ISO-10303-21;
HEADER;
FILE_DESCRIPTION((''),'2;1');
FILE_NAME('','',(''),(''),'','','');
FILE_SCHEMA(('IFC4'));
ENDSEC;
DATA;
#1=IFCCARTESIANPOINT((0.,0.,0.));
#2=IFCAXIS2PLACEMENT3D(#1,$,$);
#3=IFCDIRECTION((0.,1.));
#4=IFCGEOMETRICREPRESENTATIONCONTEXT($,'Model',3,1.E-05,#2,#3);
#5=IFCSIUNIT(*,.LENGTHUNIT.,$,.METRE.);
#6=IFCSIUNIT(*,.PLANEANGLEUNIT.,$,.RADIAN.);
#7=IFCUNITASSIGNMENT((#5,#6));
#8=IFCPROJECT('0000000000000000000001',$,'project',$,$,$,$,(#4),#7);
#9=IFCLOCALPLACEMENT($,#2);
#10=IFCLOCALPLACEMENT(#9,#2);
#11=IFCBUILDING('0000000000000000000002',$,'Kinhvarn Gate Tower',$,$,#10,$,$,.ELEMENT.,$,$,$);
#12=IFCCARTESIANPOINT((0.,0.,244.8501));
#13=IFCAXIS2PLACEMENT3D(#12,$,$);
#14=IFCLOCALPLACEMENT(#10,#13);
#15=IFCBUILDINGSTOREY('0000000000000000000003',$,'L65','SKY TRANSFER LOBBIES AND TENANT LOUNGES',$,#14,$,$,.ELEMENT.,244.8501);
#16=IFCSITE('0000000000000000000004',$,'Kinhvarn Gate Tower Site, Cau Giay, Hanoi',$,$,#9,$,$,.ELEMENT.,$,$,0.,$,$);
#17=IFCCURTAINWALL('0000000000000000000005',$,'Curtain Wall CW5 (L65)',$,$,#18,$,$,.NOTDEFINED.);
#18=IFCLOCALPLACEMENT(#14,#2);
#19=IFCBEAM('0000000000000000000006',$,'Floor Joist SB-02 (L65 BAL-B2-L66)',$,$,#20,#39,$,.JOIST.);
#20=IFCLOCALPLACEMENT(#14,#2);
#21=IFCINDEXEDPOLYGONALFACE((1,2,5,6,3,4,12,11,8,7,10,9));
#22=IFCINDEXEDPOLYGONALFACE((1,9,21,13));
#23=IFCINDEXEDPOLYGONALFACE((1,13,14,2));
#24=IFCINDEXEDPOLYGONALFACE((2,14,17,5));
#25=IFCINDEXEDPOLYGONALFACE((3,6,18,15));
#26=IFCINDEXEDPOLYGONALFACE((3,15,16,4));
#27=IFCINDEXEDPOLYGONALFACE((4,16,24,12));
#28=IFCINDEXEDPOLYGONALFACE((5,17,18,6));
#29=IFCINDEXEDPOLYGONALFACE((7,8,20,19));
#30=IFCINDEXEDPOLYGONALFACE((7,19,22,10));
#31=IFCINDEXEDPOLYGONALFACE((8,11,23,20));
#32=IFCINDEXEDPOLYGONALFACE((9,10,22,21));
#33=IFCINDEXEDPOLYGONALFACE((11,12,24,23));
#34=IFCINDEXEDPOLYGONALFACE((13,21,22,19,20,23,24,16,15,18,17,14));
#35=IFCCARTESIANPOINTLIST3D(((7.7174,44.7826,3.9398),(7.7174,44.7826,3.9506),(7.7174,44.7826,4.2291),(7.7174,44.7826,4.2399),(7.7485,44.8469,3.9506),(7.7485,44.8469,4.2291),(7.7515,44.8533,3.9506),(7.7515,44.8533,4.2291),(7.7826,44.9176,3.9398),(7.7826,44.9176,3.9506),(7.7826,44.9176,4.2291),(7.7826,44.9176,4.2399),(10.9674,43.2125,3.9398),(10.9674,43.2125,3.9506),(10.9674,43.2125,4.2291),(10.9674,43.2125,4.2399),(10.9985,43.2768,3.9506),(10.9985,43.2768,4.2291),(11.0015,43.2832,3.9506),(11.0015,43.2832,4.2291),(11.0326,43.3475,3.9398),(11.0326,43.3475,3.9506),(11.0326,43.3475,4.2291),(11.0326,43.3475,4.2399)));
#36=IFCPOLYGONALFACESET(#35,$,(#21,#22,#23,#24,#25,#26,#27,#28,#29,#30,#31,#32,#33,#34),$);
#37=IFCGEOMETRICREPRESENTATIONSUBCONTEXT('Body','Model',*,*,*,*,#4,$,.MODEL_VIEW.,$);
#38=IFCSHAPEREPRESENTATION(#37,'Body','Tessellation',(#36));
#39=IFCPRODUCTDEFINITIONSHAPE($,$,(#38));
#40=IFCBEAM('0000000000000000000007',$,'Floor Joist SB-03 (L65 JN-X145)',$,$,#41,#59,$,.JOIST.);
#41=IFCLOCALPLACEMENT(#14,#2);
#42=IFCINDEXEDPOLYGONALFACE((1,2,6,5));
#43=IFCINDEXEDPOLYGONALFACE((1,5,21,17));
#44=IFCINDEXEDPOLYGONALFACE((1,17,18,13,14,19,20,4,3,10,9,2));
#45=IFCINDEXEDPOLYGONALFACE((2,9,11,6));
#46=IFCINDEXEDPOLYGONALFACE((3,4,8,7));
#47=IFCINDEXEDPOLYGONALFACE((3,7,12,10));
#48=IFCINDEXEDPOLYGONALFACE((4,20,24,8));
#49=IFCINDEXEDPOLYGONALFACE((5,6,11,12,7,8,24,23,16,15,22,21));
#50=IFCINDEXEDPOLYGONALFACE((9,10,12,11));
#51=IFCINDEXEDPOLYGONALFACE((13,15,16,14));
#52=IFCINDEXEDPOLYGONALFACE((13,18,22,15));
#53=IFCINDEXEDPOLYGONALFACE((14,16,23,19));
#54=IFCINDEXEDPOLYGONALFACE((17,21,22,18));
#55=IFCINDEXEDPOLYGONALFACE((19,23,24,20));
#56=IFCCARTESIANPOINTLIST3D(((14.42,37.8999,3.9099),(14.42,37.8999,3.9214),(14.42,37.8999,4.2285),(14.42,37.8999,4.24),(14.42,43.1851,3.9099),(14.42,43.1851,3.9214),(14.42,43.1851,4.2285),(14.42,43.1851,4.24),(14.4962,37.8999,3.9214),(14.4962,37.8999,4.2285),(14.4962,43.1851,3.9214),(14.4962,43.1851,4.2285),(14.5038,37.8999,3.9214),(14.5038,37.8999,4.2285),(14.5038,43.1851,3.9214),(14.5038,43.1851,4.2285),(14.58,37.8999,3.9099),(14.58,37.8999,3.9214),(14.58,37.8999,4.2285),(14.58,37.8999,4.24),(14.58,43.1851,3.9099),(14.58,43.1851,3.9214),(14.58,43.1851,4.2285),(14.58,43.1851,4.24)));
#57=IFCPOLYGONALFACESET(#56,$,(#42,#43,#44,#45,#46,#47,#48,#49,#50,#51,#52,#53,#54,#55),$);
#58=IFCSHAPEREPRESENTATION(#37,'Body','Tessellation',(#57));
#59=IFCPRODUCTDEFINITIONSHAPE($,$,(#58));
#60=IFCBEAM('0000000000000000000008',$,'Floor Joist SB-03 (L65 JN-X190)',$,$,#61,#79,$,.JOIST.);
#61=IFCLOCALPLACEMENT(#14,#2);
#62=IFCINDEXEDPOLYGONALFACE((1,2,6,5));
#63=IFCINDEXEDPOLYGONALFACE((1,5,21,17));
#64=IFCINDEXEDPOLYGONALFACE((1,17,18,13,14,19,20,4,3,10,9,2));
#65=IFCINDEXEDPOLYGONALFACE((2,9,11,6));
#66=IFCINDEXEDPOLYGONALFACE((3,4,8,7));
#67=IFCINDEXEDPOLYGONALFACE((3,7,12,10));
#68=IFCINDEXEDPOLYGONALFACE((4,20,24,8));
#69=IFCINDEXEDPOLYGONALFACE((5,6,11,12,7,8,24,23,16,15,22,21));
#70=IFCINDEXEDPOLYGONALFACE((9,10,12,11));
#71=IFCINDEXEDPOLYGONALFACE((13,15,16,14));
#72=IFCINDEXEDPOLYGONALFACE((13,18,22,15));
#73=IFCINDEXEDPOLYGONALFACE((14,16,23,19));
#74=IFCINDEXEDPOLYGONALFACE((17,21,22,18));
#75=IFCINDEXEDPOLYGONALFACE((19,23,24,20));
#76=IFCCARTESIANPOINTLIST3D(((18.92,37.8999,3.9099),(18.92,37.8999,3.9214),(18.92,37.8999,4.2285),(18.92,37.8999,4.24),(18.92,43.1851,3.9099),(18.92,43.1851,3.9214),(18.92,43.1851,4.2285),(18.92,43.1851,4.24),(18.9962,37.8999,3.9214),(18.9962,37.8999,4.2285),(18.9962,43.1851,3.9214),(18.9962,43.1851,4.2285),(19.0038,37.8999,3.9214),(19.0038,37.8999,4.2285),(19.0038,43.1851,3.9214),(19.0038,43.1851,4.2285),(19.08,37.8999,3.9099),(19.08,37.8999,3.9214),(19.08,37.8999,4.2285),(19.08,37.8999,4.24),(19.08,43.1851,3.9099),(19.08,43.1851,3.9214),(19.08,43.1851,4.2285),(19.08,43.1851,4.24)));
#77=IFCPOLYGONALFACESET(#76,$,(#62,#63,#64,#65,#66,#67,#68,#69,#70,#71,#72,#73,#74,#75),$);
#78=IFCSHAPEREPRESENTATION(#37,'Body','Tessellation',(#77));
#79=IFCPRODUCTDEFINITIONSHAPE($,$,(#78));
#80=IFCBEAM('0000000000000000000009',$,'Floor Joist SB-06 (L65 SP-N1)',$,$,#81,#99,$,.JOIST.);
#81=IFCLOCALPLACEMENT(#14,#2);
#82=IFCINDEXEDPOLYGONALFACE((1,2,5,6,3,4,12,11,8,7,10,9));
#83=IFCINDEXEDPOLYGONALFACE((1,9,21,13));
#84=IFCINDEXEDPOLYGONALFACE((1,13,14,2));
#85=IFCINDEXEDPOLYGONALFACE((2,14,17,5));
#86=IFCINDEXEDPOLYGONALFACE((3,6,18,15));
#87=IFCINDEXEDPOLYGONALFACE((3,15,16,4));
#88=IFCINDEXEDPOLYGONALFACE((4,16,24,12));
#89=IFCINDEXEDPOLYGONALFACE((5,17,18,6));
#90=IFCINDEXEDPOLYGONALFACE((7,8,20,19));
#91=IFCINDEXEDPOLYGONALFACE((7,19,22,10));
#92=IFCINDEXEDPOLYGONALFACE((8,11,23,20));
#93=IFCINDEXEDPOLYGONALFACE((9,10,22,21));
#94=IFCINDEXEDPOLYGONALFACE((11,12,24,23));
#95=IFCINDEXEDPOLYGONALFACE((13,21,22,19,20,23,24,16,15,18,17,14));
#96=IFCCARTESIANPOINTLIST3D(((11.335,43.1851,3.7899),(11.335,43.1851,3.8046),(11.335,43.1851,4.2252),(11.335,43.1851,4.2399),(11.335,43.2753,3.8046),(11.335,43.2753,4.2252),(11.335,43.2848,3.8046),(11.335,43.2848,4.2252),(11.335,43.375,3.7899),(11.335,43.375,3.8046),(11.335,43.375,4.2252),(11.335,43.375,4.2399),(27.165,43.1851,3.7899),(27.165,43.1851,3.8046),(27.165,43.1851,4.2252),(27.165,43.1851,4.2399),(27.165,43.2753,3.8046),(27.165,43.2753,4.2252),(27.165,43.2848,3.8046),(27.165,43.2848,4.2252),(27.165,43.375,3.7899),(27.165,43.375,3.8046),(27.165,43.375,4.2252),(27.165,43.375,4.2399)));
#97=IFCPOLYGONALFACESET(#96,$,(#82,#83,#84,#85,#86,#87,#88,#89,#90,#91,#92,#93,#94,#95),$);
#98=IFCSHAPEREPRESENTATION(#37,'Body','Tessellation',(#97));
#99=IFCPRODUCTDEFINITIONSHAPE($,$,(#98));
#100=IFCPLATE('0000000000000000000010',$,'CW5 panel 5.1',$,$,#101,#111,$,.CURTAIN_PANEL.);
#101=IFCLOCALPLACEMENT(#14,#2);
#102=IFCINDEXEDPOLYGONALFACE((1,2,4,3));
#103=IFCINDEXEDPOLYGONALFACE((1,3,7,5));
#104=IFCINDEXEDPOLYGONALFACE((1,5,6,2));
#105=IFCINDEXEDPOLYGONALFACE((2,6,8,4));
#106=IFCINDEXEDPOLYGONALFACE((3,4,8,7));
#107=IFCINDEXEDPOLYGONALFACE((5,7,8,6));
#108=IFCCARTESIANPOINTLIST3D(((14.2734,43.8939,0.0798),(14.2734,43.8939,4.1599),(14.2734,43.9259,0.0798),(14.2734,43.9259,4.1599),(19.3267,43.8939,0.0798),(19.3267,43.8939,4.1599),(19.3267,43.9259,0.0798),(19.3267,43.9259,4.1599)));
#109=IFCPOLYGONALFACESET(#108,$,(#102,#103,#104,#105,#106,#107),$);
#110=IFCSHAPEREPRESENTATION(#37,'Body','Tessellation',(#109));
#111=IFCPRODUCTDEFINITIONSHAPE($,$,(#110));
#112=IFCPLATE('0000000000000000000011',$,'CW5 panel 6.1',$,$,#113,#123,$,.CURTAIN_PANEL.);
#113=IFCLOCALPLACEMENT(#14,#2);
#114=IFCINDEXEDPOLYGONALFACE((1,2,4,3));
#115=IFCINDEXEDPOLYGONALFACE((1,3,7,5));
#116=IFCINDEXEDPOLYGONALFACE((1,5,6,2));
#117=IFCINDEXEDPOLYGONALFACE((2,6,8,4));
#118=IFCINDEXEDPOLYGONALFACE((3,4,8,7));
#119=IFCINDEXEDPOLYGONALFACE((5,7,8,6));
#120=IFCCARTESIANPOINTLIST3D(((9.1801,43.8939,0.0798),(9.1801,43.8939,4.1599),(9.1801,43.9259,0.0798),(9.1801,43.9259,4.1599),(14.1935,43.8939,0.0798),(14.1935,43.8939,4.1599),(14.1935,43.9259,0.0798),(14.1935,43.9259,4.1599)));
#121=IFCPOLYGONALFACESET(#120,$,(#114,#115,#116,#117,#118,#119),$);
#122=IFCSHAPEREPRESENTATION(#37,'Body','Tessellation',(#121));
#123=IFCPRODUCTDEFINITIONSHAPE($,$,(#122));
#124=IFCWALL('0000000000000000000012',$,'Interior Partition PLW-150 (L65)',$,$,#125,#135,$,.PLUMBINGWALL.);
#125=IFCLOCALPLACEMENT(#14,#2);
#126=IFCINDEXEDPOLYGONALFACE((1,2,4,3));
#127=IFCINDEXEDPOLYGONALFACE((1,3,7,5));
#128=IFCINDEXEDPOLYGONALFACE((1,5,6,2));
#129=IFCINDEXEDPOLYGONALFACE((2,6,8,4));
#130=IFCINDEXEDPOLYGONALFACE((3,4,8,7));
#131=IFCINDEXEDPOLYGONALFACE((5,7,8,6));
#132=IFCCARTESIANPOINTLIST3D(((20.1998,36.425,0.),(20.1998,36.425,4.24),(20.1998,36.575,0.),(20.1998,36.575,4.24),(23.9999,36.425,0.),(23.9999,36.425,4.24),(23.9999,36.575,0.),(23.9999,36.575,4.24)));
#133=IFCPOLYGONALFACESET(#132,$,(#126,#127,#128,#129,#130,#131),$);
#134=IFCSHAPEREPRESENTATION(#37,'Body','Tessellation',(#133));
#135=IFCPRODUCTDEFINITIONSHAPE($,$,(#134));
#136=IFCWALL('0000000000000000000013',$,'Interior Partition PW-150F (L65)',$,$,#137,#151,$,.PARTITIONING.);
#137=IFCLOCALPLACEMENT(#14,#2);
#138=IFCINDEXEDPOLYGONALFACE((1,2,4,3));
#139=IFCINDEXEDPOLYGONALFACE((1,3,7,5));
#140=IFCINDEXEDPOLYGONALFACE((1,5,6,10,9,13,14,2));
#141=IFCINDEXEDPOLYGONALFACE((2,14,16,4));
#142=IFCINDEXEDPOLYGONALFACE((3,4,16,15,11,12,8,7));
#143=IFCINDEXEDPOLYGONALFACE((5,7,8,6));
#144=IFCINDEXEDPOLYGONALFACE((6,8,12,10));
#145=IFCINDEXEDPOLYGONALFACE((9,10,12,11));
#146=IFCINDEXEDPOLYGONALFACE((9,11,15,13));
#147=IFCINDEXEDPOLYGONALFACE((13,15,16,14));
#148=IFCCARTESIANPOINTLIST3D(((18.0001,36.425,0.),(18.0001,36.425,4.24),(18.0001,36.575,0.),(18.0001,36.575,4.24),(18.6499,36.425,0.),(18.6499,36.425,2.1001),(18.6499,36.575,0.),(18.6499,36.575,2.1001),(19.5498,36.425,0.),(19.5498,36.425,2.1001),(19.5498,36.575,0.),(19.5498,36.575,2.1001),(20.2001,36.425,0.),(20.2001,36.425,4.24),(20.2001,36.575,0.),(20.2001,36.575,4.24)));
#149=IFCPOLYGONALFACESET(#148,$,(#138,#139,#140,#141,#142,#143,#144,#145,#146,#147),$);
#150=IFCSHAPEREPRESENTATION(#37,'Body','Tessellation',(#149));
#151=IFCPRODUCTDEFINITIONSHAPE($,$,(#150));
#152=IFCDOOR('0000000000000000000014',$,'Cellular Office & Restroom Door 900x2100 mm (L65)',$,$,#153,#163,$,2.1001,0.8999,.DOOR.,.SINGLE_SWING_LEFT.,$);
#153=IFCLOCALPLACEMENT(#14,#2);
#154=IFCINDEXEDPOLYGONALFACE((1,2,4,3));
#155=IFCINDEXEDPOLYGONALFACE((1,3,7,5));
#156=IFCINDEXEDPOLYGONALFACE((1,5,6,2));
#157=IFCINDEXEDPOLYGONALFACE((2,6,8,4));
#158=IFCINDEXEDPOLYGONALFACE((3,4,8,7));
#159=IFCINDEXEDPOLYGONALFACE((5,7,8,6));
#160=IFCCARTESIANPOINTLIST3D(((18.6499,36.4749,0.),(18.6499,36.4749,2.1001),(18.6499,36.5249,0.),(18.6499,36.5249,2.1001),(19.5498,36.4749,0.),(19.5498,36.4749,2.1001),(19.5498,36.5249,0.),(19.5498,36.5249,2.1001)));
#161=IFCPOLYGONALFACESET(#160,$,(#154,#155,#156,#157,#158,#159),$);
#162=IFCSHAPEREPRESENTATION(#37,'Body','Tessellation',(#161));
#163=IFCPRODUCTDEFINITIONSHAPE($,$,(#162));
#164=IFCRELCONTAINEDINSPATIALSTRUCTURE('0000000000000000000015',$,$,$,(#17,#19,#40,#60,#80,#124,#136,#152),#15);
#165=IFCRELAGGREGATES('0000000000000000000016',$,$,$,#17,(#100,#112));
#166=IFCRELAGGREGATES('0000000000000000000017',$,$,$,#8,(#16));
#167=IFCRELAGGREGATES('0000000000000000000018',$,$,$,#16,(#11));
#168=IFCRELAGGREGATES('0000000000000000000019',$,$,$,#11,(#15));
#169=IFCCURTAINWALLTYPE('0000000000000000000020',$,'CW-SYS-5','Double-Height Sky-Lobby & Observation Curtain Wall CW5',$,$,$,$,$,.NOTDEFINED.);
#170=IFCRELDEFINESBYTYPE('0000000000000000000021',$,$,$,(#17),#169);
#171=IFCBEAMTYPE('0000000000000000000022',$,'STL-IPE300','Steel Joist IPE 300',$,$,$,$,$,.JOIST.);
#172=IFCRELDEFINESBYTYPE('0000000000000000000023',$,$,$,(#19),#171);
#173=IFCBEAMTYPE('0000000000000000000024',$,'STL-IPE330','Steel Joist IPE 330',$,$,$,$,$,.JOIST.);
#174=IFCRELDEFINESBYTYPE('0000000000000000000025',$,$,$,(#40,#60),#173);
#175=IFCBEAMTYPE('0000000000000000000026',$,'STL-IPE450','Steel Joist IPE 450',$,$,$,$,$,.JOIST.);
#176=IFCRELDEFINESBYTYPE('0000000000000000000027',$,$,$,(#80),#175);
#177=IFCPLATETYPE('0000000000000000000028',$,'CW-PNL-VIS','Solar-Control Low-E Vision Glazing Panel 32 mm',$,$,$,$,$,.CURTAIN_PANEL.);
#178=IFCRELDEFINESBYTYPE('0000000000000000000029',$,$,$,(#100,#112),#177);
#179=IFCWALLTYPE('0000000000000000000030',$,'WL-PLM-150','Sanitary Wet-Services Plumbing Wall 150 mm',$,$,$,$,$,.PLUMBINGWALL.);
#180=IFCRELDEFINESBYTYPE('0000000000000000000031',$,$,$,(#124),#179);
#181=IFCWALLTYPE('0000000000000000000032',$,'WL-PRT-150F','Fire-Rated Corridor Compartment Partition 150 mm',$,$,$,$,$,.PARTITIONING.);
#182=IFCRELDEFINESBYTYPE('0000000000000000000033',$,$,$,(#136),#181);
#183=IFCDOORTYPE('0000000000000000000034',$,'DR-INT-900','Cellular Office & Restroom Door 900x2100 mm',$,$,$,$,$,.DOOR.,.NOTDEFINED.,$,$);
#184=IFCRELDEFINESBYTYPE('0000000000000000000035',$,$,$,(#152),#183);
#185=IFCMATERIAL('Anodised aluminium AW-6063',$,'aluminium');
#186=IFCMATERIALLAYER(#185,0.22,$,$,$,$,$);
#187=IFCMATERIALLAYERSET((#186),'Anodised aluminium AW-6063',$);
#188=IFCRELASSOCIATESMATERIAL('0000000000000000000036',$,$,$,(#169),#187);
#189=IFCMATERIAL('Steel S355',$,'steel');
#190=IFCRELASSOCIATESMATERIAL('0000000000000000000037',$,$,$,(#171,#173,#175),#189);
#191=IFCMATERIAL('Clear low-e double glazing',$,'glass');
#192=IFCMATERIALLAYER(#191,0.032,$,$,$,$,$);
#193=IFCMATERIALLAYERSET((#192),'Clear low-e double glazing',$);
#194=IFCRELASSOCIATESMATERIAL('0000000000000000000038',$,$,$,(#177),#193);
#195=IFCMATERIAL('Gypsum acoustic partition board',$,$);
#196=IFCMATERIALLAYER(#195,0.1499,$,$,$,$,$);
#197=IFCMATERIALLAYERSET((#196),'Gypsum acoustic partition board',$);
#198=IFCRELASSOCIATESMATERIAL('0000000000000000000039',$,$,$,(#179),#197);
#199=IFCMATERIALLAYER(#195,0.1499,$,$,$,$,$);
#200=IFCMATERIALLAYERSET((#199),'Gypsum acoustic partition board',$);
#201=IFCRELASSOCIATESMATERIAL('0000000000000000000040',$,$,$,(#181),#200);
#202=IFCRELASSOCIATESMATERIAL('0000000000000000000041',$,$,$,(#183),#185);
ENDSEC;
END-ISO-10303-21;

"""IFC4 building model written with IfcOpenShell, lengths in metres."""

from ifc_helpers import new_model, si_unit, direction, frame, frame_2d, origin, origin_2d, place, context, subcontext, project, spatial, rectangle, i_section, extrude, material, layer, layer_set, material_profile, profile_set, type_object, element, fill, aggregate, save


model = new_model("IFC4")

# Units and contexts
model_context = context("Model", 3, precision=1e-05, world=origin(), true_north=direction((0.0, 1.0)))
body_context = subcontext(model_context, "Body", "Model", "MODEL_VIEW")
ifc_project = project(units=[si_unit("LENGTHUNIT", "METRE"), si_unit("PLANEANGLEUNIT", "RADIAN")], contexts=[model_context])

# Site, building, storey
site_placement = place(None, origin())
site = spatial("IfcSite", under=ifc_project, at=site_placement, Name="Kinhvarn Gate Tower Site, Cau Giay, Hanoi", CompositionType="ELEMENT", RefElevation=0.0)
building_placement = place(site_placement, origin())
building = spatial("IfcBuilding", under=site, at=building_placement, Name="Kinhvarn Gate Tower", CompositionType="ELEMENT")
storey_placement = place(building_placement, frame((0.0, 0.0, 244.8501)))
storey = spatial("IfcBuildingStorey", under=building, at=storey_placement, Name="L65", Description="SKY TRANSFER LOBBIES AND TENANT LOUNGES", CompositionType="ELEMENT", Elevation=244.8501)

# Curtain wall
ifc_material_1 = material(Name="Anodised aluminium AW-6063", Category="aluminium")
ifc_layer_1 = layer(ifc_material_1, 0.22)
ifc_layer_set_1 = layer_set([ifc_layer_1], Name="Anodised aluminium AW-6063")
curtain_wall_type = type_object("IfcCurtainWallType", Name="CW-SYS-5", Description="Double-Height Sky-Lobby & Observation Curtain Wall CW5", PredefinedType="NOTDEFINED", material=ifc_layer_set_1)
curtain_wall_placement = place(storey_placement, origin())
curtain_wall = element("IfcCurtainWall", 1, at=curtain_wall_placement, inside=storey, type_object=curtain_wall_type, Name="Curtain Wall CW5 (L65)", PredefinedType="NOTDEFINED")

# Beams
ifc_material_2 = material(Name="Steel S355", Category="steel")
ifc_material_profile_1 = material_profile(ifc_material_2, i_section(OverallWidth=0.1499, OverallDepth=0.3, WebThickness=0.0071, FlangeThickness=0.0107, at=origin_2d()), Name="IPE 300")
ifc_profile_set_1 = profile_set([ifc_material_profile_1], Name="Steel S355")
beam_type_1 = type_object("IfcBeamType", Name="STL-IPE300", Description="Steel Joist IPE 300", PredefinedType="JOIST", material=ifc_profile_set_1)
beam_1_placement = place(storey_placement, frame((11.0, 43.28, 4.0898), z_axis=(-0.900432, 0.434997, 0.0), x_axis=(-0.434997, -0.900432, 0.0)))
element("IfcBeam", 2, at=beam_1_placement, inside=storey, type_object=beam_type_1, Name="Floor Joist SB-02 (L65 BAL-B2-L66)", PredefinedType="JOIST", context=body_context, shape_type="SweptSolid", body=[
    extrude(i_section(OverallWidth=0.1499, OverallDepth=0.3, WebThickness=0.0071, FlangeThickness=0.0107, at=origin_2d()), origin(), (0.0, 0.0, 1.0), 3.6094),
])
ifc_material_profile_2 = material_profile(ifc_material_2, i_section(OverallWidth=0.1599, OverallDepth=0.3301, WebThickness=0.0076, FlangeThickness=0.0115, at=origin_2d()), Name="IPE 330")
ifc_profile_set_2 = profile_set([ifc_material_profile_2], Name="Steel S355")
beam_type_2 = type_object("IfcBeamType", Name="STL-IPE330", Description="Steel Joist IPE 330", PredefinedType="JOIST", material=ifc_profile_set_2)
for number, where, z_axis, x_axis, name in (
    (3, (14.5, 37.8999, 4.075), (0.0, 1.0, 0.0), (-1.0, 0.0, 0.0), "Floor Joist SB-03 (L65 JN-X145)"),
    (4, (19.0, 37.8999, 4.075), (0.0, 1.0, 0.0), (-1.0, 0.0, 0.0), "Floor Joist SB-03 (L65 JN-X190)"),
):
    element("IfcBeam", number, at=place(storey_placement, frame(where, z_axis=z_axis, x_axis=x_axis)), inside=storey, type_object=beam_type_2, Name=name, PredefinedType="JOIST", context=body_context, shape_type="SweptSolid", body=[
        extrude(i_section(OverallWidth=0.1599, OverallDepth=0.3301, WebThickness=0.0076, FlangeThickness=0.0115, at=origin_2d()), origin(), (0.0, 0.0, 1.0), 5.2852),
    ])
ifc_material_profile_3 = material_profile(ifc_material_2, i_section(OverallWidth=0.1899, OverallDepth=0.45, WebThickness=0.0095, FlangeThickness=0.0146, at=origin_2d()), Name="IPE 450")
ifc_profile_set_3 = profile_set([ifc_material_profile_3], Name="Steel S355")
beam_type_3 = type_object("IfcBeamType", Name="STL-IPE450", Description="Steel Joist IPE 450", PredefinedType="JOIST", material=ifc_profile_set_3)
beam_2_placement = place(storey_placement, frame((11.335, 43.28, 4.0149), z_axis=(1.0, 0.0, 0.0), x_axis=(0.0, 1.0, 0.0)))
element("IfcBeam", 5, at=beam_2_placement, inside=storey, type_object=beam_type_3, Name="Floor Joist SB-06 (L65 SP-N1)", PredefinedType="JOIST", context=body_context, shape_type="SweptSolid", body=[
    extrude(i_section(OverallWidth=0.1899, OverallDepth=0.45, WebThickness=0.0095, FlangeThickness=0.0146, at=origin_2d()), origin(), (0.0, 0.0, 1.0), 15.8301),
])

# Plates
ifc_material_3 = material(Name="Clear low-e double glazing", Category="glass")
ifc_layer_2 = layer(ifc_material_3, 0.032)
ifc_layer_set_2 = layer_set([ifc_layer_2], Name="Clear low-e double glazing")
plate_type = type_object("IfcPlateType", Name="CW-PNL-VIS", Description="Solar-Control Low-E Vision Glazing Panel 32 mm", PredefinedType="CURTAIN_PANEL", material=ifc_layer_set_2)
plate_1_placement = place(storey_placement, frame((16.8, 43.9099, 0.0798), z_axis=(0.0, 0.0, 1.0), x_axis=(-1.0, 0.0, 0.0)))
plate_1 = element("IfcPlate", 6, at=plate_1_placement, type_object=plate_type, Name="CW5 panel 5.1", PredefinedType="CURTAIN_PANEL", context=body_context, shape_type="SweptSolid", body=[
    extrude(rectangle(XDim=5.0532, YDim=0.032, at=origin_2d()), origin(), (0.0, 0.0, 1.0), 4.0801),
])
plate_2_placement = place(storey_placement, frame((11.6868, 43.9099, 0.0798), z_axis=(0.0, 0.0, 1.0), x_axis=(-1.0, 0.0, 0.0)))
plate_2 = element("IfcPlate", 7, at=plate_2_placement, type_object=plate_type, Name="CW5 panel 6.1", PredefinedType="CURTAIN_PANEL", context=body_context, shape_type="SweptSolid", body=[
    extrude(rectangle(XDim=5.0134, YDim=0.032, at=origin_2d()), origin(), (0.0, 0.0, 1.0), 4.0801),
])
aggregate(curtain_wall, [plate_1, plate_2])

# Wall
ifc_material_4 = material(Name="Gypsum acoustic partition board")
ifc_layer_3 = layer(ifc_material_4, 0.1499)
ifc_layer_set_3 = layer_set([ifc_layer_3], Name="Gypsum acoustic partition board")
wall_type_1 = type_object("IfcWallType", Name="WL-PLM-150", Description="Sanitary Wet-Services Plumbing Wall 150 mm", PredefinedType="PLUMBINGWALL", material=ifc_layer_set_3)
wall_1_placement = place(storey_placement, frame((20.2, 36.5, 0.0), z_axis=(0.0, 0.0, 1.0), x_axis=(1.0, 0.0, 0.0)))
element("IfcWall", 8, at=wall_1_placement, inside=storey, type_object=wall_type_1, Name="Interior Partition PLW-150 (L65)", PredefinedType="PLUMBINGWALL", context=body_context, shape_type="SweptSolid", body=[
    extrude(rectangle(XDim=3.8, YDim=0.1499, at=frame_2d((1.8999, 0.0))), origin(), (0.0, 0.0, 1.0), 4.24),
])

# Wall, opening, door
ifc_layer_4 = layer(ifc_material_4, 0.1499)
ifc_layer_set_4 = layer_set([ifc_layer_4], Name="Gypsum acoustic partition board")
wall_type_2 = type_object("IfcWallType", Name="WL-PRT-150F", Description="Fire-Rated Corridor Compartment Partition 150 mm", PredefinedType="PARTITIONING", material=ifc_layer_set_4)
wall_2_placement = place(storey_placement, frame((18.0, 36.5, 0.0), z_axis=(0.0, 0.0, 1.0), x_axis=(1.0, 0.0, 0.0)))
wall_2 = element("IfcWall", 9, at=wall_2_placement, inside=storey, type_object=wall_type_2, Name="Interior Partition PW-150F (L65)", PredefinedType="PARTITIONING", context=body_context, shape_type="SweptSolid", body=[
    extrude(rectangle(XDim=2.2, YDim=0.1499, at=frame_2d((1.1001, 0.0))), origin(), (0.0, 0.0, 1.0), 4.24),
])
opening_placement = place(wall_2_placement, frame((0.6499, 0.0, 0.0)))
opening = element("IfcOpeningElement", 10, at=opening_placement, cuts=wall_2, PredefinedType="OPENING", context=body_context, shape_type="SweptSolid", body=[
    extrude(rectangle(XDim=0.8999, YDim=2.1001, at=frame_2d((0.45, 1.05))), frame((0.0, 0.085, 0.0), z_axis=(0.0, -1.0, 0.0), x_axis=(1.0, 0.0, 0.0)), (0.0, 0.0, 1.0), 0.1699),
])
door_type = type_object("IfcDoorType", Name="DR-INT-900", Description="Cellular Office & Restroom Door 900x2100 mm", OperationType="NOTDEFINED", PredefinedType="DOOR", material=ifc_material_1)
door_placement = place(opening_placement, origin())
door = element("IfcDoor", 11, at=door_placement, inside=storey, type_object=door_type, Name="Cellular Office & Restroom Door 900x2100 mm (L65)", OperationType="SINGLE_SWING_LEFT", OverallHeight=2.1001, OverallWidth=0.8999, PredefinedType="DOOR", context=body_context, shape_type="SweptSolid", body=[
    extrude(rectangle(XDim=0.8999, YDim=2.1001, at=frame_2d((0.45, 1.05))), frame((0.0, 0.0249, 0.0), z_axis=(0.0, -1.0, 0.0), x_axis=(1.0, 0.0, 0.0)), (0.0, 0.0, 1.0), 0.05),
])
fill(opening, door)

save(model, "model.ifc")
